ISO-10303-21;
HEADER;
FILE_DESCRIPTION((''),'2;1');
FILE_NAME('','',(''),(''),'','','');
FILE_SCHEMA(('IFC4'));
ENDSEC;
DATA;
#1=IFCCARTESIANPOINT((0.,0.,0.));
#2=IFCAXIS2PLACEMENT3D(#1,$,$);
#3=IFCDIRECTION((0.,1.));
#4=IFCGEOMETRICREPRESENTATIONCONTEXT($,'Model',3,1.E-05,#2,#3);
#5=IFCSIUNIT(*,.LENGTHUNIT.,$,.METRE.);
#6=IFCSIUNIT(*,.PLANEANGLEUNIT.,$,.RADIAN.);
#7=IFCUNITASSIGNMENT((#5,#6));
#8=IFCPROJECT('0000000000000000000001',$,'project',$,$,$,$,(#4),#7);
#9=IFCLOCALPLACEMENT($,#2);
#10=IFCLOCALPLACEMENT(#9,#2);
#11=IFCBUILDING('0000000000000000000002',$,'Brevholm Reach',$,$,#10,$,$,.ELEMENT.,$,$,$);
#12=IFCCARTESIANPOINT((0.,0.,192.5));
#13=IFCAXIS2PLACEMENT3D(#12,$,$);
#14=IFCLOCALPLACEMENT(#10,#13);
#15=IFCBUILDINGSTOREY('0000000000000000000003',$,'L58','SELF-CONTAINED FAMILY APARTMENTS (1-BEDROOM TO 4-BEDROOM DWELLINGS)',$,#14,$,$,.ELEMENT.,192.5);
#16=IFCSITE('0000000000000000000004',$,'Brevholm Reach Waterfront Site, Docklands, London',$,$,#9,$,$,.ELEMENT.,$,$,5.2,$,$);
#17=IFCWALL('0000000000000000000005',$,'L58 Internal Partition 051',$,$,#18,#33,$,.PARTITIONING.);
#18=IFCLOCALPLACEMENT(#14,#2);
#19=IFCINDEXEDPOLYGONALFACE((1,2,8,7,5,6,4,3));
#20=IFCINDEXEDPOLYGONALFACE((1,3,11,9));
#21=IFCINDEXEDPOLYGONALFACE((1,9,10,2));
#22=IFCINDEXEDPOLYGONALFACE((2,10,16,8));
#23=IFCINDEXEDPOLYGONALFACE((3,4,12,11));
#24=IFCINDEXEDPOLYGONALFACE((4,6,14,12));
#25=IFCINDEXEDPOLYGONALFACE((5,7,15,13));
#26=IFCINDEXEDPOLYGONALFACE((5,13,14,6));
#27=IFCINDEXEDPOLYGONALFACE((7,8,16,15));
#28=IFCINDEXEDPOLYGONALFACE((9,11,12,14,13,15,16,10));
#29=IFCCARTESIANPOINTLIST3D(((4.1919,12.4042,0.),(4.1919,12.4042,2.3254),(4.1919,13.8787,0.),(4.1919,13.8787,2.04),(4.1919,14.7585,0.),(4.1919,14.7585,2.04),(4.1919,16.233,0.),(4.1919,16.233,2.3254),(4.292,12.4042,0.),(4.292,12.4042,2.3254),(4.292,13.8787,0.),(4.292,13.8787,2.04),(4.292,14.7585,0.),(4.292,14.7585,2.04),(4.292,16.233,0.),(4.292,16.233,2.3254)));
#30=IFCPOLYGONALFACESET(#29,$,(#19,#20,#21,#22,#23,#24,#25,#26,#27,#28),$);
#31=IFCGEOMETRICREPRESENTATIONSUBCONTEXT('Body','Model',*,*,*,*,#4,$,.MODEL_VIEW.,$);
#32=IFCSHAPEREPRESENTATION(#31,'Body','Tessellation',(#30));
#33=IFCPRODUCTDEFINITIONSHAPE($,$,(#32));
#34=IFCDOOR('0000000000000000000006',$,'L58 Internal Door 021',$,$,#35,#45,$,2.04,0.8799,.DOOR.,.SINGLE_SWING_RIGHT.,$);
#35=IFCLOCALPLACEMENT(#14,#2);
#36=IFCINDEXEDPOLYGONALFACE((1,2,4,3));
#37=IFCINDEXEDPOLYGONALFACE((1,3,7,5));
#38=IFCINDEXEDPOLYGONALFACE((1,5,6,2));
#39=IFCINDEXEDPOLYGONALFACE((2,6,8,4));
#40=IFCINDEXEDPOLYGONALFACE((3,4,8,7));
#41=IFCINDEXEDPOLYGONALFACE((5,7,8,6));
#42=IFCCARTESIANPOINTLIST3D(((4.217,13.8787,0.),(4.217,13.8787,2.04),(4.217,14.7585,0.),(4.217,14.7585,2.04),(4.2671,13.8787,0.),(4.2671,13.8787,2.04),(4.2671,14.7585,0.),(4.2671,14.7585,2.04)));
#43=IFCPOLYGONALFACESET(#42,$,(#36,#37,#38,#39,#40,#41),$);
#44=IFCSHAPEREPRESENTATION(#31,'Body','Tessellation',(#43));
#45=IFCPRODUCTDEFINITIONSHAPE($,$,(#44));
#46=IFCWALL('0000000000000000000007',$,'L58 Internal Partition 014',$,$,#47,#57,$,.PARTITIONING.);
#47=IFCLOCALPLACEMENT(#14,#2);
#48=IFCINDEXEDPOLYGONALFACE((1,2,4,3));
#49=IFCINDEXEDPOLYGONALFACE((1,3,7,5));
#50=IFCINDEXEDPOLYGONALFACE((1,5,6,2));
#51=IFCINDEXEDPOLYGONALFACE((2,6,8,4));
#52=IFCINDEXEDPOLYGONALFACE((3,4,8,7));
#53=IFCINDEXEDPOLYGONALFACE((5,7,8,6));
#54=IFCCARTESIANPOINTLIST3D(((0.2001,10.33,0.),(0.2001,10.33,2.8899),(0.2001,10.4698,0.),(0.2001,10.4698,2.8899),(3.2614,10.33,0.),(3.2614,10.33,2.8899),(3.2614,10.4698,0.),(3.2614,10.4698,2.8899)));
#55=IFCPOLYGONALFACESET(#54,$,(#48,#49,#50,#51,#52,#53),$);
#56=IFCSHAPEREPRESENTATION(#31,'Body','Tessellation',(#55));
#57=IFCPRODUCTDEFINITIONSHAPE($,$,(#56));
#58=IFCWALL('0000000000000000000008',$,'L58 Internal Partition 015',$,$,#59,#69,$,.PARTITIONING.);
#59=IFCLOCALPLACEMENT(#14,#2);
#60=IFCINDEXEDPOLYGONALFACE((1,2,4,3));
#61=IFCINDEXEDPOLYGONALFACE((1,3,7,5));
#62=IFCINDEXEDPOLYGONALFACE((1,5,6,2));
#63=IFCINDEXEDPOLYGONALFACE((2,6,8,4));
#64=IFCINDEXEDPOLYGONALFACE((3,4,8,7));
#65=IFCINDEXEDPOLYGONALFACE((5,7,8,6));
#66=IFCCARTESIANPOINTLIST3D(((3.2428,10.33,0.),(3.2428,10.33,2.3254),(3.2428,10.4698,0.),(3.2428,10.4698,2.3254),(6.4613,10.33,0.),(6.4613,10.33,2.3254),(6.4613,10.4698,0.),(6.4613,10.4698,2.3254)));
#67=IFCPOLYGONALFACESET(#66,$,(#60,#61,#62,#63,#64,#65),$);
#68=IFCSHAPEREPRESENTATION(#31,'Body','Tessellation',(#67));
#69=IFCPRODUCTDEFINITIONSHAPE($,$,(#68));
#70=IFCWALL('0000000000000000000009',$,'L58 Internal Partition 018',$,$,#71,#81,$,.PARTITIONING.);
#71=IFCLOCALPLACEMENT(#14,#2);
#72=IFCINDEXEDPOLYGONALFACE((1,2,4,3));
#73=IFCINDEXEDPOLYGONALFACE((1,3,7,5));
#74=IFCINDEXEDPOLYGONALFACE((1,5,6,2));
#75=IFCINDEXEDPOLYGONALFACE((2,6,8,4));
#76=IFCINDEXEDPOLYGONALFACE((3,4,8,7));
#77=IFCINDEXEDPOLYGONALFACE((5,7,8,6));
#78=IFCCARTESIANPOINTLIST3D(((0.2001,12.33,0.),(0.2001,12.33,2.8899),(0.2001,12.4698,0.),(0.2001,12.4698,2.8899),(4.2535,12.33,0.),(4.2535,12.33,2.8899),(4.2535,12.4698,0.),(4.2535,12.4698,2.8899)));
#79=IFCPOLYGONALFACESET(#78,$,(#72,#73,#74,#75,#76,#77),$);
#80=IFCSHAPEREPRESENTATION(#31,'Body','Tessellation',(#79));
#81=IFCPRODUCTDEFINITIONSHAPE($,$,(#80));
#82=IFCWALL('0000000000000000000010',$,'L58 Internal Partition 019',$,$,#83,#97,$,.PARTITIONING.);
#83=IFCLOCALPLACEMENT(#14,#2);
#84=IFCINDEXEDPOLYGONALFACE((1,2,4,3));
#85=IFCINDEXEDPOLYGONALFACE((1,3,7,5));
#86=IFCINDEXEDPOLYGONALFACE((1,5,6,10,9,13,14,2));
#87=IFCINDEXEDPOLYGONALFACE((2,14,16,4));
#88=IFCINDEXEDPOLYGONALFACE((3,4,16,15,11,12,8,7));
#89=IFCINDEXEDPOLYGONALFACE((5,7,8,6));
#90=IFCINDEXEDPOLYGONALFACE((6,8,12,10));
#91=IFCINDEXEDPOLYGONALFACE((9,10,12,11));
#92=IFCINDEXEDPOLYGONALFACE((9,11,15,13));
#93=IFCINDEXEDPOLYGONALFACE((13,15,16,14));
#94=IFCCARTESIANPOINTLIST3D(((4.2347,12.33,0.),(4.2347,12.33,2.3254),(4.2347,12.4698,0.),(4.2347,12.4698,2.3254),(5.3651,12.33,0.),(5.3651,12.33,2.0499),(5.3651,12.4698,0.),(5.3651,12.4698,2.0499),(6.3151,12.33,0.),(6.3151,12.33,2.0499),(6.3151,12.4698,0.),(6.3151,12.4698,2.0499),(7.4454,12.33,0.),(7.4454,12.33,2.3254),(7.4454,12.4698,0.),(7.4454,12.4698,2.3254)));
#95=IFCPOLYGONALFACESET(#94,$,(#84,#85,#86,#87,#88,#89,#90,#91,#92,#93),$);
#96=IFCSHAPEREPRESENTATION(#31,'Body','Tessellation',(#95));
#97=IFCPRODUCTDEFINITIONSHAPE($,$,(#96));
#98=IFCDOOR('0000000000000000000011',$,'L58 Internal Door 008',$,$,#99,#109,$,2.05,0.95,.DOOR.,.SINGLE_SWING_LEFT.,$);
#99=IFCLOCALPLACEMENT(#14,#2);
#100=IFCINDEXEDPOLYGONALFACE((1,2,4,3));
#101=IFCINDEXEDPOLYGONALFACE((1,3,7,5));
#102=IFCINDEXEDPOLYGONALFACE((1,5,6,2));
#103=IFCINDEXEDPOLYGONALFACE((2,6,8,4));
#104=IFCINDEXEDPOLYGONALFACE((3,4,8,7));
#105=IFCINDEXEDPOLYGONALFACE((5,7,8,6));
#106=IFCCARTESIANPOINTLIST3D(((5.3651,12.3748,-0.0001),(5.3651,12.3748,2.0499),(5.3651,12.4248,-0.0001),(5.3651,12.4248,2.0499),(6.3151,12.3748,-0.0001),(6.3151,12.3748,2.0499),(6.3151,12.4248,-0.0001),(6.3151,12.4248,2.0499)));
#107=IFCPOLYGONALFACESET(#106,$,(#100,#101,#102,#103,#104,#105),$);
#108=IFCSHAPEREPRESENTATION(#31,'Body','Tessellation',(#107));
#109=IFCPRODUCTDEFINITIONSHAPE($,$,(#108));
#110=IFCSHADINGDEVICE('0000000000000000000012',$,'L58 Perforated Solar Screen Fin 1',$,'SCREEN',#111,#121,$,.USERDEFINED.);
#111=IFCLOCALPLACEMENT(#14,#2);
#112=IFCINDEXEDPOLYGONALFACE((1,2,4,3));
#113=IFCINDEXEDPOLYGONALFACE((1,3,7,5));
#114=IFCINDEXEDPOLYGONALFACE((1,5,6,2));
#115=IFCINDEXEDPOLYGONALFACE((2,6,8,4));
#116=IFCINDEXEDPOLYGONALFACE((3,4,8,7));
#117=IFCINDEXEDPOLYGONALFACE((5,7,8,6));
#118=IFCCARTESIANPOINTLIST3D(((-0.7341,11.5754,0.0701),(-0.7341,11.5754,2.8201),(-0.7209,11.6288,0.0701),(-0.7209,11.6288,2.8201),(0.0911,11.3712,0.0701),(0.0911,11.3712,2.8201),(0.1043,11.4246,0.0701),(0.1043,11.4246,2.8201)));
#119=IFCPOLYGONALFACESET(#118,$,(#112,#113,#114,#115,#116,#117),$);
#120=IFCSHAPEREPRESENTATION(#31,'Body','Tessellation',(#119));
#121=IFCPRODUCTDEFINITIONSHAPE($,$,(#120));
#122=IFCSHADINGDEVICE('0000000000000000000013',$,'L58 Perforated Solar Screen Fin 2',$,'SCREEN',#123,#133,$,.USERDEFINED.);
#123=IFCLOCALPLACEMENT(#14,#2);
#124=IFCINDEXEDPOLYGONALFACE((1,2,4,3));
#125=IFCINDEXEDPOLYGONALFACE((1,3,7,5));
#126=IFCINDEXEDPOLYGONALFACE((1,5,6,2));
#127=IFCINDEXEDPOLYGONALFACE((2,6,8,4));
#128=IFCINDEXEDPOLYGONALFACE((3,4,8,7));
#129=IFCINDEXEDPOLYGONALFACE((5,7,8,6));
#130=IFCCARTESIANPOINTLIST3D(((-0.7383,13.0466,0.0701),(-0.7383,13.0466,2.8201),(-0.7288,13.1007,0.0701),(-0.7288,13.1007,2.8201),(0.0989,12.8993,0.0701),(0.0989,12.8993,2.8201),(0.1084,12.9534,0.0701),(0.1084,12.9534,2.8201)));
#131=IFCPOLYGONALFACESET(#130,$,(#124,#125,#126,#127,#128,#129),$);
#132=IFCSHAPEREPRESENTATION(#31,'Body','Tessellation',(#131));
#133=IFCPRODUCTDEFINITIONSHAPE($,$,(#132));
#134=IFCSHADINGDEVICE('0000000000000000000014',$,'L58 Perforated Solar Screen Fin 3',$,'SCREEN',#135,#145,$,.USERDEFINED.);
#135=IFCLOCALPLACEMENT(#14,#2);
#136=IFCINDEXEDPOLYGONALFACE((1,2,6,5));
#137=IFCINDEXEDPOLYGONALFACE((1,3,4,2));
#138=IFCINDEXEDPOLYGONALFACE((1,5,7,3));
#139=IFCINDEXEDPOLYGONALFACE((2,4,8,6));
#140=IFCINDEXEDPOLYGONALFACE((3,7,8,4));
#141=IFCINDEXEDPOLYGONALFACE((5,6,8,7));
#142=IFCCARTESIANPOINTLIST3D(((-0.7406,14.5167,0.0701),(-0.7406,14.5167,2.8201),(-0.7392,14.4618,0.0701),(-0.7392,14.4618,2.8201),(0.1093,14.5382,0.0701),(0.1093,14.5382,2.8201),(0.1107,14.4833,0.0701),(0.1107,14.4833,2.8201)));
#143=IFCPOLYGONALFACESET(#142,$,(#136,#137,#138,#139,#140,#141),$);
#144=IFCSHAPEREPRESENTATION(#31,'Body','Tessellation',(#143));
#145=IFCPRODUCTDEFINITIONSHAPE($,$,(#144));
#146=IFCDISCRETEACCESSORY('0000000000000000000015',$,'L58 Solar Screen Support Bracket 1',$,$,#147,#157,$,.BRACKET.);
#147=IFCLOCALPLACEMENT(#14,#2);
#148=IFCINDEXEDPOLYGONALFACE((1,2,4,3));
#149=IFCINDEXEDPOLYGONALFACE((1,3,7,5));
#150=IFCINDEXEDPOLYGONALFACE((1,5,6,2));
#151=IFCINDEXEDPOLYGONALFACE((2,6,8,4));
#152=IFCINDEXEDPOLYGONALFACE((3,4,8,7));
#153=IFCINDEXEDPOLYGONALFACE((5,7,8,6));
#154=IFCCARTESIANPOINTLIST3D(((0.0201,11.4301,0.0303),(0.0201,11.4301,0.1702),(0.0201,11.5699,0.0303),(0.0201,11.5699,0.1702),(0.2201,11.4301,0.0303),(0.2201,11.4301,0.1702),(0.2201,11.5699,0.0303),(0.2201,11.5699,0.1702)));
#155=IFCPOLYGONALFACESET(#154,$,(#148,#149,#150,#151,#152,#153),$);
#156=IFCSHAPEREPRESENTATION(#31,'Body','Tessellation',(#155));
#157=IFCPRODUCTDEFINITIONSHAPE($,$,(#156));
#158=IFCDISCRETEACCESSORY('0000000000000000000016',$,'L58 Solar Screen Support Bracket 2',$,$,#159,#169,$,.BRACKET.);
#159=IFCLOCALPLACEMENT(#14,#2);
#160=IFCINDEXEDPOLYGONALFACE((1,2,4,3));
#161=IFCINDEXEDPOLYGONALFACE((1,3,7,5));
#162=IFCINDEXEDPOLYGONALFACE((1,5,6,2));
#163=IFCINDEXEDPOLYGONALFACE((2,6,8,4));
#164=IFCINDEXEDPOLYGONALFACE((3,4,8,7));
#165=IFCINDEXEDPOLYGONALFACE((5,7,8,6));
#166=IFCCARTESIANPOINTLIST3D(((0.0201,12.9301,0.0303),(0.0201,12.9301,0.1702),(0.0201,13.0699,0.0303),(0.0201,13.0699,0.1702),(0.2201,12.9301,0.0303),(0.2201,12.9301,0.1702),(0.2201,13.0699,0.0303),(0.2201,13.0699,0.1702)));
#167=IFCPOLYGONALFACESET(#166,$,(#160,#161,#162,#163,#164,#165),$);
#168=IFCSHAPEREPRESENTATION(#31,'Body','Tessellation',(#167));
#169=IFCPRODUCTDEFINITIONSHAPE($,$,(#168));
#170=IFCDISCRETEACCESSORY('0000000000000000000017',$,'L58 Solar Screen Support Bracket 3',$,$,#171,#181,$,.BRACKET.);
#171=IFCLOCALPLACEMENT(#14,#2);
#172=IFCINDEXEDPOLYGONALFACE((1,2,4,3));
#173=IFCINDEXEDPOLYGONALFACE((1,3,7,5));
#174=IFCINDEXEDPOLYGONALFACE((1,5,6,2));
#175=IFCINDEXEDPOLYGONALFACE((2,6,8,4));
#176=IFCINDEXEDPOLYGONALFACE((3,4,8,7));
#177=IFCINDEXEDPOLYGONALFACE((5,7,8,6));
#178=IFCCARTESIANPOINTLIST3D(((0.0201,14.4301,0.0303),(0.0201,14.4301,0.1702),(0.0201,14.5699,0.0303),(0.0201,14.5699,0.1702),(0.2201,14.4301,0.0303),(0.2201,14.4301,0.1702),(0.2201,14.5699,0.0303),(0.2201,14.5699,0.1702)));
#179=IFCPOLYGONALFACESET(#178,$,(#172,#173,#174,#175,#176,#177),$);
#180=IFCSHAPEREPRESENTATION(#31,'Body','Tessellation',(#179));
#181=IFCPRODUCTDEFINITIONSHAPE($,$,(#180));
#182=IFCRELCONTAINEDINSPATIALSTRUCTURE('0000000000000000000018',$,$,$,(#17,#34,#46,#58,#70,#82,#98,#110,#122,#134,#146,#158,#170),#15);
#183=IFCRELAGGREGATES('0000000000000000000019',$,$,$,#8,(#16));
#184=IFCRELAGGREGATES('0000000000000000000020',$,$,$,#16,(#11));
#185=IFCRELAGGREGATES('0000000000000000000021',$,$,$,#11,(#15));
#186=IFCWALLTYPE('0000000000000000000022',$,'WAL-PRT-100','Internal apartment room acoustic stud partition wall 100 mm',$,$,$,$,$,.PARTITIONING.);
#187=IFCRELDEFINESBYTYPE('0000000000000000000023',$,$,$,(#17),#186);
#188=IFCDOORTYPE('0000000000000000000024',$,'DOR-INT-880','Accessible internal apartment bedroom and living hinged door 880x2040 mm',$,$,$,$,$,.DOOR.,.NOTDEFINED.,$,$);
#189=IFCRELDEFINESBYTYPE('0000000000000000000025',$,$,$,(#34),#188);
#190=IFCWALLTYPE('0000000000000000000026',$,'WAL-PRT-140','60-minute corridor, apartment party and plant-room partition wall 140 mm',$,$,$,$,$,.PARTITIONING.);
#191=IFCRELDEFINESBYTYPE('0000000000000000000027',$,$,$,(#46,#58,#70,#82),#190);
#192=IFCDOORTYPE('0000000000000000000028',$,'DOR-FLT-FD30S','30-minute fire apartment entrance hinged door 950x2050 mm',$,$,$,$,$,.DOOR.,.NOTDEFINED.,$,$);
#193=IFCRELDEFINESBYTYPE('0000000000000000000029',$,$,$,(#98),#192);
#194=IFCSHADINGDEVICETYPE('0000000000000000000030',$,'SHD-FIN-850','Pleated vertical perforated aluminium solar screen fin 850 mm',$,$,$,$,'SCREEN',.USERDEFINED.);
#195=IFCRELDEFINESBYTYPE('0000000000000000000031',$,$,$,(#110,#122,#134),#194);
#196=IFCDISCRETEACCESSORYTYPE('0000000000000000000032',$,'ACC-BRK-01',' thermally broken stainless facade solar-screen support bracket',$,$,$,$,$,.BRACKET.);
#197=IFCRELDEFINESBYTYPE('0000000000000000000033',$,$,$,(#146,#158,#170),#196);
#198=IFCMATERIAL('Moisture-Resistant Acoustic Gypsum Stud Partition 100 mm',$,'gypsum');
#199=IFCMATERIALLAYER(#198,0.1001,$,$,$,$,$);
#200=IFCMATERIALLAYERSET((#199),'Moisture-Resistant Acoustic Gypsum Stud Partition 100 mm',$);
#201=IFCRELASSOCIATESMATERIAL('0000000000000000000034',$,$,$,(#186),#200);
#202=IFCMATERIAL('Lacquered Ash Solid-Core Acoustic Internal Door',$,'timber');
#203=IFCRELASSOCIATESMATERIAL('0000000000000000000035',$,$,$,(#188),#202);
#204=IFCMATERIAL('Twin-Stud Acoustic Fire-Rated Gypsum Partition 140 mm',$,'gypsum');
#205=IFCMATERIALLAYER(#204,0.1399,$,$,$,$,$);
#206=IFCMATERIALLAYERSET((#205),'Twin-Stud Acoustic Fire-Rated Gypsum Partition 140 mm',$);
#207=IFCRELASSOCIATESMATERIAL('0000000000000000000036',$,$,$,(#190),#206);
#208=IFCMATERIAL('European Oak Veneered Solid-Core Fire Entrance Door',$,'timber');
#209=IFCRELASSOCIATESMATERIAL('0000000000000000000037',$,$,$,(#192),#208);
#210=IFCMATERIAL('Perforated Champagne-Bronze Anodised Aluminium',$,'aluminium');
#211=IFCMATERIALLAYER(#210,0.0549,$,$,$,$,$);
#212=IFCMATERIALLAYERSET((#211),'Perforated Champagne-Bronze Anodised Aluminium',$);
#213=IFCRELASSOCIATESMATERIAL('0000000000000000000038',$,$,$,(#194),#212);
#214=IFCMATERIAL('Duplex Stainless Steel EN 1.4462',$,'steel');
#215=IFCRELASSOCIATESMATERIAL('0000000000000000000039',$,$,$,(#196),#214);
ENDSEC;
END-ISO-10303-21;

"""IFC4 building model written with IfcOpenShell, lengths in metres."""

from ifc_helpers import new_model, si_unit, direction, frame, frame_2d, origin, origin_2d, place, context, subcontext, project, spatial, rectangle, extrude, material, layer, layer_set, type_object, element, fill, save


model = new_model("IFC4")

# Units and contexts
model_context = context("Model", 3, precision=1e-05, world=origin(), true_north=direction((0.0, 1.0)))
body_context = subcontext(model_context, "Body", "Model", "MODEL_VIEW")
ifc_project = project(units=[si_unit("LENGTHUNIT", "METRE"), si_unit("PLANEANGLEUNIT", "RADIAN")], contexts=[model_context])

# Site, building, storey
site_placement = place(None, origin())
site = spatial("IfcSite", under=ifc_project, at=site_placement, Name="Brevholm Reach Waterfront Site, Docklands, London", CompositionType="ELEMENT", RefElevation=5.2)
building_placement = place(site_placement, origin())
building = spatial("IfcBuilding", under=site, at=building_placement, Name="Brevholm Reach", CompositionType="ELEMENT")
storey_placement = place(building_placement, frame((0.0, 0.0, 192.5)))
storey = spatial("IfcBuildingStorey", under=building, at=storey_placement, Name="L58", Description="SELF-CONTAINED FAMILY APARTMENTS (1-BEDROOM TO 4-BEDROOM DWELLINGS)", CompositionType="ELEMENT", Elevation=192.5)

# Wall, opening, door
ifc_material_1 = material(Name="Moisture-Resistant Acoustic Gypsum Stud Partition 100 mm", Category="gypsum")
ifc_layer_1 = layer(ifc_material_1, 0.1001)
ifc_layer_set_1 = layer_set([ifc_layer_1], Name="Moisture-Resistant Acoustic Gypsum Stud Partition 100 mm")
wall_type_1 = type_object("IfcWallType", Name="WAL-PRT-100", Description="Internal apartment room acoustic stud partition wall 100 mm", PredefinedType="PARTITIONING", material=ifc_layer_set_1)
wall_1_placement = place(storey_placement, frame((4.2419, 12.4041, 0.0), z_axis=(0.0, 0.0, 1.0), x_axis=(0.0, 1.0, 0.0)))
wall_1 = element("IfcWall", 1, at=wall_1_placement, inside=storey, type_object=wall_type_1, Name="L58 Internal Partition 051", PredefinedType="PARTITIONING", context=body_context, shape_type="SweptSolid", body=[
    extrude(rectangle(XDim=3.8289, YDim=0.1001, at=frame_2d((1.9146, 0.0))), origin(), (0.0, 0.0, 1.0), 2.3254),
])
opening_1_placement = place(wall_1_placement, frame((1.4746, 0.0, 0.0)))
opening_1 = element("IfcOpeningElement", 2, at=opening_1_placement, cuts=wall_1, PredefinedType="OPENING", context=body_context, shape_type="SweptSolid", body=[
    extrude(rectangle(XDim=0.8799, YDim=2.04, at=frame_2d((0.4399, 1.02))), frame((0.0, 0.0601, 0.0), z_axis=(0.0, -1.0, 0.0), x_axis=(1.0, 0.0, 0.0)), (0.0, 0.0, 1.0), 0.1201),
])
ifc_material_2 = material(Name="Lacquered Ash Solid-Core Acoustic Internal Door", Category="timber")
door_type_1 = type_object("IfcDoorType", Name="DOR-INT-880", Description="Accessible internal apartment bedroom and living hinged door 880x2040 mm", OperationType="NOTDEFINED", PredefinedType="DOOR", material=ifc_material_2)
door_1_placement = place(opening_1_placement, origin())
door_1 = element("IfcDoor", 3, at=door_1_placement, inside=storey, type_object=door_type_1, Name="L58 Internal Door 021", OperationType="SINGLE_SWING_RIGHT", OverallHeight=2.04, OverallWidth=0.8799, PredefinedType="DOOR", context=body_context, shape_type="SweptSolid", body=[
    extrude(rectangle(XDim=0.8799, YDim=2.04, at=frame_2d((0.4399, 1.02))), frame((0.0, 0.0249, 0.0), z_axis=(0.0, -1.0, 0.0), x_axis=(1.0, 0.0, 0.0)), (0.0, 0.0, 1.0), 0.05),
])
fill(opening_1, door_1)

# Walls
ifc_material_3 = material(Name="Twin-Stud Acoustic Fire-Rated Gypsum Partition 140 mm", Category="gypsum")
ifc_layer_2 = layer(ifc_material_3, 0.1399)
ifc_layer_set_2 = layer_set([ifc_layer_2], Name="Twin-Stud Acoustic Fire-Rated Gypsum Partition 140 mm")
wall_type_2 = type_object("IfcWallType", Name="WAL-PRT-140", Description="60-minute corridor, apartment party and plant-room partition wall 140 mm", PredefinedType="PARTITIONING", material=ifc_layer_set_2)
wall_2_placement = place(storey_placement, frame((0.2, 10.3999, 0.0), z_axis=(0.0, 0.0, 1.0), x_axis=(1.0, 0.0, 0.0)))
element("IfcWall", 4, at=wall_2_placement, inside=storey, type_object=wall_type_2, Name="L58 Internal Partition 014", PredefinedType="PARTITIONING", context=body_context, shape_type="SweptSolid", body=[
    extrude(rectangle(XDim=3.0613, YDim=0.1399, at=frame_2d((1.5308, 0.0))), origin(), (0.0, 0.0, 1.0), 2.8899),
])
wall_3_placement = place(storey_placement, frame((3.2427, 10.3999, 0.0), z_axis=(0.0, 0.0, 1.0), x_axis=(1.0, 0.0, 0.0)))
element("IfcWall", 5, at=wall_3_placement, inside=storey, type_object=wall_type_2, Name="L58 Internal Partition 015", PredefinedType="PARTITIONING", context=body_context, shape_type="SweptSolid", body=[
    extrude(rectangle(XDim=3.2185, YDim=0.1399, at=frame_2d((1.6094, 0.0))), origin(), (0.0, 0.0, 1.0), 2.3254),
])
wall_4_placement = place(storey_placement, frame((0.2, 12.3999, 0.0), z_axis=(0.0, 0.0, 1.0), x_axis=(1.0, 0.0, 0.0)))
element("IfcWall", 6, at=wall_4_placement, inside=storey, type_object=wall_type_2, Name="L58 Internal Partition 018", PredefinedType="PARTITIONING", context=body_context, shape_type="SweptSolid", body=[
    extrude(rectangle(XDim=4.0535, YDim=0.1399, at=frame_2d((2.0269, 0.0))), origin(), (0.0, 0.0, 1.0), 2.8899),
])

# Wall, opening, door
wall_5_placement = place(storey_placement, frame((4.2346, 12.3999, 0.0), z_axis=(0.0, 0.0, 1.0), x_axis=(1.0, 0.0, 0.0)))
wall_5 = element("IfcWall", 7, at=wall_5_placement, inside=storey, type_object=wall_type_2, Name="L58 Internal Partition 019", PredefinedType="PARTITIONING", context=body_context, shape_type="SweptSolid", body=[
    extrude(rectangle(XDim=3.2107, YDim=0.1399, at=frame_2d((1.6055, 0.0))), origin(), (0.0, 0.0, 1.0), 2.3254),
])
opening_2_placement = place(wall_5_placement, frame((1.1304, 0.0, 0.0)))
opening_2 = element("IfcOpeningElement", 8, at=opening_2_placement, cuts=wall_5, PredefinedType="OPENING", context=body_context, shape_type="SweptSolid", body=[
    extrude(rectangle(XDim=0.95, YDim=2.05, at=frame_2d((0.4751, 1.0249))), frame((0.0, 0.0798, 0.0), z_axis=(0.0, -1.0, 0.0), x_axis=(1.0, 0.0, 0.0)), (0.0, 0.0, 1.0), 0.1599),
])
ifc_material_4 = material(Name="European Oak Veneered Solid-Core Fire Entrance Door", Category="timber")
door_type_2 = type_object("IfcDoorType", Name="DOR-FLT-FD30S", Description="30-minute fire apartment entrance hinged door 950x2050 mm", OperationType="NOTDEFINED", PredefinedType="DOOR", material=ifc_material_4)
door_2_placement = place(opening_2_placement, origin())
door_2 = element("IfcDoor", 9, at=door_2_placement, inside=storey, type_object=door_type_2, Name="L58 Internal Door 008", OperationType="SINGLE_SWING_LEFT", OverallHeight=2.05, OverallWidth=0.95, PredefinedType="DOOR", context=body_context, shape_type="SweptSolid", body=[
    extrude(rectangle(XDim=0.95, YDim=2.05, at=frame_2d((0.4751, 1.0249))), frame((0.0, 0.0249, 0.0), z_axis=(0.0, -1.0, 0.0), x_axis=(1.0, 0.0, 0.0)), (0.0, 0.0, 1.0), 0.05),
])
fill(opening_2, door_2)

# Shading devices
ifc_material_5 = material(Name="Perforated Champagne-Bronze Anodised Aluminium", Category="aluminium")
ifc_layer_3 = layer(ifc_material_5, 0.0549)
ifc_layer_set_3 = layer_set([ifc_layer_3], Name="Perforated Champagne-Bronze Anodised Aluminium")
shading_device_type = type_object("IfcShadingDeviceType", Name="SHD-FIN-850", Description="Pleated vertical perforated aluminium solar screen fin 850 mm", ElementType="SCREEN", PredefinedType="USERDEFINED", material=ifc_layer_set_3)
for number, where, z_axis, x_axis, name in (
    (10, (-0.3149, 11.5, 0.0701), (0.0, 0.0, 1.0), (-0.970721, 0.240211, 0.0), "L58 Perforated Solar Screen Fin 1"),
    (11, (-0.3149, 13.0, 0.0701), (0.0, 0.0, 1.0), (-0.984868, 0.173304, 0.0), "L58 Perforated Solar Screen Fin 2"),
    (12, (-0.3149, 14.5, 0.0701), (0.0, 0.0, 1.0), (-0.999678, -0.025374, 0.0), "L58 Perforated Solar Screen Fin 3"),
):
    element("IfcShadingDevice", number, at=place(storey_placement, frame(where, z_axis=z_axis, x_axis=x_axis)), inside=storey, type_object=shading_device_type, Name=name, ObjectType="SCREEN", PredefinedType="USERDEFINED", context=body_context, shape_type="SweptSolid", body=[
        extrude(rectangle(XDim=0.8501, YDim=0.0549, at=origin_2d()), origin(), (0.0, 0.0, 1.0), 2.75),
    ])

# Discrete accessories
ifc_material_6 = material(Name="Duplex Stainless Steel EN 1.4462", Category="steel")
discrete_accessory_type = type_object("IfcDiscreteAccessoryType", Name="ACC-BRK-01", Description=" thermally broken stainless facade solar-screen support bracket", PredefinedType="BRACKET", material=ifc_material_6)
for number, where, z_axis, x_axis, name in (
    (13, (0.1201, 11.5, 0.0303), (0.0, 0.0, 1.0), (-1.0, 0.0, 0.0), "L58 Solar Screen Support Bracket 1"),
    (14, (0.1201, 13.0, 0.0303), (0.0, 0.0, 1.0), (-1.0, 0.0, 0.0), "L58 Solar Screen Support Bracket 2"),
    (15, (0.1201, 14.5, 0.0303), (0.0, 0.0, 1.0), (-1.0, 0.0, 0.0), "L58 Solar Screen Support Bracket 3"),
):
    element("IfcDiscreteAccessory", number, at=place(storey_placement, frame(where, z_axis=z_axis, x_axis=x_axis)), inside=storey, type_object=discrete_accessory_type, Name=name, PredefinedType="BRACKET", context=body_context, shape_type="SweptSolid", body=[
        extrude(rectangle(XDim=0.2, YDim=0.1399, at=origin_2d()), origin(), (0.0, 0.0, 1.0), 0.1399),
    ])

save(model, "model.ifc")
